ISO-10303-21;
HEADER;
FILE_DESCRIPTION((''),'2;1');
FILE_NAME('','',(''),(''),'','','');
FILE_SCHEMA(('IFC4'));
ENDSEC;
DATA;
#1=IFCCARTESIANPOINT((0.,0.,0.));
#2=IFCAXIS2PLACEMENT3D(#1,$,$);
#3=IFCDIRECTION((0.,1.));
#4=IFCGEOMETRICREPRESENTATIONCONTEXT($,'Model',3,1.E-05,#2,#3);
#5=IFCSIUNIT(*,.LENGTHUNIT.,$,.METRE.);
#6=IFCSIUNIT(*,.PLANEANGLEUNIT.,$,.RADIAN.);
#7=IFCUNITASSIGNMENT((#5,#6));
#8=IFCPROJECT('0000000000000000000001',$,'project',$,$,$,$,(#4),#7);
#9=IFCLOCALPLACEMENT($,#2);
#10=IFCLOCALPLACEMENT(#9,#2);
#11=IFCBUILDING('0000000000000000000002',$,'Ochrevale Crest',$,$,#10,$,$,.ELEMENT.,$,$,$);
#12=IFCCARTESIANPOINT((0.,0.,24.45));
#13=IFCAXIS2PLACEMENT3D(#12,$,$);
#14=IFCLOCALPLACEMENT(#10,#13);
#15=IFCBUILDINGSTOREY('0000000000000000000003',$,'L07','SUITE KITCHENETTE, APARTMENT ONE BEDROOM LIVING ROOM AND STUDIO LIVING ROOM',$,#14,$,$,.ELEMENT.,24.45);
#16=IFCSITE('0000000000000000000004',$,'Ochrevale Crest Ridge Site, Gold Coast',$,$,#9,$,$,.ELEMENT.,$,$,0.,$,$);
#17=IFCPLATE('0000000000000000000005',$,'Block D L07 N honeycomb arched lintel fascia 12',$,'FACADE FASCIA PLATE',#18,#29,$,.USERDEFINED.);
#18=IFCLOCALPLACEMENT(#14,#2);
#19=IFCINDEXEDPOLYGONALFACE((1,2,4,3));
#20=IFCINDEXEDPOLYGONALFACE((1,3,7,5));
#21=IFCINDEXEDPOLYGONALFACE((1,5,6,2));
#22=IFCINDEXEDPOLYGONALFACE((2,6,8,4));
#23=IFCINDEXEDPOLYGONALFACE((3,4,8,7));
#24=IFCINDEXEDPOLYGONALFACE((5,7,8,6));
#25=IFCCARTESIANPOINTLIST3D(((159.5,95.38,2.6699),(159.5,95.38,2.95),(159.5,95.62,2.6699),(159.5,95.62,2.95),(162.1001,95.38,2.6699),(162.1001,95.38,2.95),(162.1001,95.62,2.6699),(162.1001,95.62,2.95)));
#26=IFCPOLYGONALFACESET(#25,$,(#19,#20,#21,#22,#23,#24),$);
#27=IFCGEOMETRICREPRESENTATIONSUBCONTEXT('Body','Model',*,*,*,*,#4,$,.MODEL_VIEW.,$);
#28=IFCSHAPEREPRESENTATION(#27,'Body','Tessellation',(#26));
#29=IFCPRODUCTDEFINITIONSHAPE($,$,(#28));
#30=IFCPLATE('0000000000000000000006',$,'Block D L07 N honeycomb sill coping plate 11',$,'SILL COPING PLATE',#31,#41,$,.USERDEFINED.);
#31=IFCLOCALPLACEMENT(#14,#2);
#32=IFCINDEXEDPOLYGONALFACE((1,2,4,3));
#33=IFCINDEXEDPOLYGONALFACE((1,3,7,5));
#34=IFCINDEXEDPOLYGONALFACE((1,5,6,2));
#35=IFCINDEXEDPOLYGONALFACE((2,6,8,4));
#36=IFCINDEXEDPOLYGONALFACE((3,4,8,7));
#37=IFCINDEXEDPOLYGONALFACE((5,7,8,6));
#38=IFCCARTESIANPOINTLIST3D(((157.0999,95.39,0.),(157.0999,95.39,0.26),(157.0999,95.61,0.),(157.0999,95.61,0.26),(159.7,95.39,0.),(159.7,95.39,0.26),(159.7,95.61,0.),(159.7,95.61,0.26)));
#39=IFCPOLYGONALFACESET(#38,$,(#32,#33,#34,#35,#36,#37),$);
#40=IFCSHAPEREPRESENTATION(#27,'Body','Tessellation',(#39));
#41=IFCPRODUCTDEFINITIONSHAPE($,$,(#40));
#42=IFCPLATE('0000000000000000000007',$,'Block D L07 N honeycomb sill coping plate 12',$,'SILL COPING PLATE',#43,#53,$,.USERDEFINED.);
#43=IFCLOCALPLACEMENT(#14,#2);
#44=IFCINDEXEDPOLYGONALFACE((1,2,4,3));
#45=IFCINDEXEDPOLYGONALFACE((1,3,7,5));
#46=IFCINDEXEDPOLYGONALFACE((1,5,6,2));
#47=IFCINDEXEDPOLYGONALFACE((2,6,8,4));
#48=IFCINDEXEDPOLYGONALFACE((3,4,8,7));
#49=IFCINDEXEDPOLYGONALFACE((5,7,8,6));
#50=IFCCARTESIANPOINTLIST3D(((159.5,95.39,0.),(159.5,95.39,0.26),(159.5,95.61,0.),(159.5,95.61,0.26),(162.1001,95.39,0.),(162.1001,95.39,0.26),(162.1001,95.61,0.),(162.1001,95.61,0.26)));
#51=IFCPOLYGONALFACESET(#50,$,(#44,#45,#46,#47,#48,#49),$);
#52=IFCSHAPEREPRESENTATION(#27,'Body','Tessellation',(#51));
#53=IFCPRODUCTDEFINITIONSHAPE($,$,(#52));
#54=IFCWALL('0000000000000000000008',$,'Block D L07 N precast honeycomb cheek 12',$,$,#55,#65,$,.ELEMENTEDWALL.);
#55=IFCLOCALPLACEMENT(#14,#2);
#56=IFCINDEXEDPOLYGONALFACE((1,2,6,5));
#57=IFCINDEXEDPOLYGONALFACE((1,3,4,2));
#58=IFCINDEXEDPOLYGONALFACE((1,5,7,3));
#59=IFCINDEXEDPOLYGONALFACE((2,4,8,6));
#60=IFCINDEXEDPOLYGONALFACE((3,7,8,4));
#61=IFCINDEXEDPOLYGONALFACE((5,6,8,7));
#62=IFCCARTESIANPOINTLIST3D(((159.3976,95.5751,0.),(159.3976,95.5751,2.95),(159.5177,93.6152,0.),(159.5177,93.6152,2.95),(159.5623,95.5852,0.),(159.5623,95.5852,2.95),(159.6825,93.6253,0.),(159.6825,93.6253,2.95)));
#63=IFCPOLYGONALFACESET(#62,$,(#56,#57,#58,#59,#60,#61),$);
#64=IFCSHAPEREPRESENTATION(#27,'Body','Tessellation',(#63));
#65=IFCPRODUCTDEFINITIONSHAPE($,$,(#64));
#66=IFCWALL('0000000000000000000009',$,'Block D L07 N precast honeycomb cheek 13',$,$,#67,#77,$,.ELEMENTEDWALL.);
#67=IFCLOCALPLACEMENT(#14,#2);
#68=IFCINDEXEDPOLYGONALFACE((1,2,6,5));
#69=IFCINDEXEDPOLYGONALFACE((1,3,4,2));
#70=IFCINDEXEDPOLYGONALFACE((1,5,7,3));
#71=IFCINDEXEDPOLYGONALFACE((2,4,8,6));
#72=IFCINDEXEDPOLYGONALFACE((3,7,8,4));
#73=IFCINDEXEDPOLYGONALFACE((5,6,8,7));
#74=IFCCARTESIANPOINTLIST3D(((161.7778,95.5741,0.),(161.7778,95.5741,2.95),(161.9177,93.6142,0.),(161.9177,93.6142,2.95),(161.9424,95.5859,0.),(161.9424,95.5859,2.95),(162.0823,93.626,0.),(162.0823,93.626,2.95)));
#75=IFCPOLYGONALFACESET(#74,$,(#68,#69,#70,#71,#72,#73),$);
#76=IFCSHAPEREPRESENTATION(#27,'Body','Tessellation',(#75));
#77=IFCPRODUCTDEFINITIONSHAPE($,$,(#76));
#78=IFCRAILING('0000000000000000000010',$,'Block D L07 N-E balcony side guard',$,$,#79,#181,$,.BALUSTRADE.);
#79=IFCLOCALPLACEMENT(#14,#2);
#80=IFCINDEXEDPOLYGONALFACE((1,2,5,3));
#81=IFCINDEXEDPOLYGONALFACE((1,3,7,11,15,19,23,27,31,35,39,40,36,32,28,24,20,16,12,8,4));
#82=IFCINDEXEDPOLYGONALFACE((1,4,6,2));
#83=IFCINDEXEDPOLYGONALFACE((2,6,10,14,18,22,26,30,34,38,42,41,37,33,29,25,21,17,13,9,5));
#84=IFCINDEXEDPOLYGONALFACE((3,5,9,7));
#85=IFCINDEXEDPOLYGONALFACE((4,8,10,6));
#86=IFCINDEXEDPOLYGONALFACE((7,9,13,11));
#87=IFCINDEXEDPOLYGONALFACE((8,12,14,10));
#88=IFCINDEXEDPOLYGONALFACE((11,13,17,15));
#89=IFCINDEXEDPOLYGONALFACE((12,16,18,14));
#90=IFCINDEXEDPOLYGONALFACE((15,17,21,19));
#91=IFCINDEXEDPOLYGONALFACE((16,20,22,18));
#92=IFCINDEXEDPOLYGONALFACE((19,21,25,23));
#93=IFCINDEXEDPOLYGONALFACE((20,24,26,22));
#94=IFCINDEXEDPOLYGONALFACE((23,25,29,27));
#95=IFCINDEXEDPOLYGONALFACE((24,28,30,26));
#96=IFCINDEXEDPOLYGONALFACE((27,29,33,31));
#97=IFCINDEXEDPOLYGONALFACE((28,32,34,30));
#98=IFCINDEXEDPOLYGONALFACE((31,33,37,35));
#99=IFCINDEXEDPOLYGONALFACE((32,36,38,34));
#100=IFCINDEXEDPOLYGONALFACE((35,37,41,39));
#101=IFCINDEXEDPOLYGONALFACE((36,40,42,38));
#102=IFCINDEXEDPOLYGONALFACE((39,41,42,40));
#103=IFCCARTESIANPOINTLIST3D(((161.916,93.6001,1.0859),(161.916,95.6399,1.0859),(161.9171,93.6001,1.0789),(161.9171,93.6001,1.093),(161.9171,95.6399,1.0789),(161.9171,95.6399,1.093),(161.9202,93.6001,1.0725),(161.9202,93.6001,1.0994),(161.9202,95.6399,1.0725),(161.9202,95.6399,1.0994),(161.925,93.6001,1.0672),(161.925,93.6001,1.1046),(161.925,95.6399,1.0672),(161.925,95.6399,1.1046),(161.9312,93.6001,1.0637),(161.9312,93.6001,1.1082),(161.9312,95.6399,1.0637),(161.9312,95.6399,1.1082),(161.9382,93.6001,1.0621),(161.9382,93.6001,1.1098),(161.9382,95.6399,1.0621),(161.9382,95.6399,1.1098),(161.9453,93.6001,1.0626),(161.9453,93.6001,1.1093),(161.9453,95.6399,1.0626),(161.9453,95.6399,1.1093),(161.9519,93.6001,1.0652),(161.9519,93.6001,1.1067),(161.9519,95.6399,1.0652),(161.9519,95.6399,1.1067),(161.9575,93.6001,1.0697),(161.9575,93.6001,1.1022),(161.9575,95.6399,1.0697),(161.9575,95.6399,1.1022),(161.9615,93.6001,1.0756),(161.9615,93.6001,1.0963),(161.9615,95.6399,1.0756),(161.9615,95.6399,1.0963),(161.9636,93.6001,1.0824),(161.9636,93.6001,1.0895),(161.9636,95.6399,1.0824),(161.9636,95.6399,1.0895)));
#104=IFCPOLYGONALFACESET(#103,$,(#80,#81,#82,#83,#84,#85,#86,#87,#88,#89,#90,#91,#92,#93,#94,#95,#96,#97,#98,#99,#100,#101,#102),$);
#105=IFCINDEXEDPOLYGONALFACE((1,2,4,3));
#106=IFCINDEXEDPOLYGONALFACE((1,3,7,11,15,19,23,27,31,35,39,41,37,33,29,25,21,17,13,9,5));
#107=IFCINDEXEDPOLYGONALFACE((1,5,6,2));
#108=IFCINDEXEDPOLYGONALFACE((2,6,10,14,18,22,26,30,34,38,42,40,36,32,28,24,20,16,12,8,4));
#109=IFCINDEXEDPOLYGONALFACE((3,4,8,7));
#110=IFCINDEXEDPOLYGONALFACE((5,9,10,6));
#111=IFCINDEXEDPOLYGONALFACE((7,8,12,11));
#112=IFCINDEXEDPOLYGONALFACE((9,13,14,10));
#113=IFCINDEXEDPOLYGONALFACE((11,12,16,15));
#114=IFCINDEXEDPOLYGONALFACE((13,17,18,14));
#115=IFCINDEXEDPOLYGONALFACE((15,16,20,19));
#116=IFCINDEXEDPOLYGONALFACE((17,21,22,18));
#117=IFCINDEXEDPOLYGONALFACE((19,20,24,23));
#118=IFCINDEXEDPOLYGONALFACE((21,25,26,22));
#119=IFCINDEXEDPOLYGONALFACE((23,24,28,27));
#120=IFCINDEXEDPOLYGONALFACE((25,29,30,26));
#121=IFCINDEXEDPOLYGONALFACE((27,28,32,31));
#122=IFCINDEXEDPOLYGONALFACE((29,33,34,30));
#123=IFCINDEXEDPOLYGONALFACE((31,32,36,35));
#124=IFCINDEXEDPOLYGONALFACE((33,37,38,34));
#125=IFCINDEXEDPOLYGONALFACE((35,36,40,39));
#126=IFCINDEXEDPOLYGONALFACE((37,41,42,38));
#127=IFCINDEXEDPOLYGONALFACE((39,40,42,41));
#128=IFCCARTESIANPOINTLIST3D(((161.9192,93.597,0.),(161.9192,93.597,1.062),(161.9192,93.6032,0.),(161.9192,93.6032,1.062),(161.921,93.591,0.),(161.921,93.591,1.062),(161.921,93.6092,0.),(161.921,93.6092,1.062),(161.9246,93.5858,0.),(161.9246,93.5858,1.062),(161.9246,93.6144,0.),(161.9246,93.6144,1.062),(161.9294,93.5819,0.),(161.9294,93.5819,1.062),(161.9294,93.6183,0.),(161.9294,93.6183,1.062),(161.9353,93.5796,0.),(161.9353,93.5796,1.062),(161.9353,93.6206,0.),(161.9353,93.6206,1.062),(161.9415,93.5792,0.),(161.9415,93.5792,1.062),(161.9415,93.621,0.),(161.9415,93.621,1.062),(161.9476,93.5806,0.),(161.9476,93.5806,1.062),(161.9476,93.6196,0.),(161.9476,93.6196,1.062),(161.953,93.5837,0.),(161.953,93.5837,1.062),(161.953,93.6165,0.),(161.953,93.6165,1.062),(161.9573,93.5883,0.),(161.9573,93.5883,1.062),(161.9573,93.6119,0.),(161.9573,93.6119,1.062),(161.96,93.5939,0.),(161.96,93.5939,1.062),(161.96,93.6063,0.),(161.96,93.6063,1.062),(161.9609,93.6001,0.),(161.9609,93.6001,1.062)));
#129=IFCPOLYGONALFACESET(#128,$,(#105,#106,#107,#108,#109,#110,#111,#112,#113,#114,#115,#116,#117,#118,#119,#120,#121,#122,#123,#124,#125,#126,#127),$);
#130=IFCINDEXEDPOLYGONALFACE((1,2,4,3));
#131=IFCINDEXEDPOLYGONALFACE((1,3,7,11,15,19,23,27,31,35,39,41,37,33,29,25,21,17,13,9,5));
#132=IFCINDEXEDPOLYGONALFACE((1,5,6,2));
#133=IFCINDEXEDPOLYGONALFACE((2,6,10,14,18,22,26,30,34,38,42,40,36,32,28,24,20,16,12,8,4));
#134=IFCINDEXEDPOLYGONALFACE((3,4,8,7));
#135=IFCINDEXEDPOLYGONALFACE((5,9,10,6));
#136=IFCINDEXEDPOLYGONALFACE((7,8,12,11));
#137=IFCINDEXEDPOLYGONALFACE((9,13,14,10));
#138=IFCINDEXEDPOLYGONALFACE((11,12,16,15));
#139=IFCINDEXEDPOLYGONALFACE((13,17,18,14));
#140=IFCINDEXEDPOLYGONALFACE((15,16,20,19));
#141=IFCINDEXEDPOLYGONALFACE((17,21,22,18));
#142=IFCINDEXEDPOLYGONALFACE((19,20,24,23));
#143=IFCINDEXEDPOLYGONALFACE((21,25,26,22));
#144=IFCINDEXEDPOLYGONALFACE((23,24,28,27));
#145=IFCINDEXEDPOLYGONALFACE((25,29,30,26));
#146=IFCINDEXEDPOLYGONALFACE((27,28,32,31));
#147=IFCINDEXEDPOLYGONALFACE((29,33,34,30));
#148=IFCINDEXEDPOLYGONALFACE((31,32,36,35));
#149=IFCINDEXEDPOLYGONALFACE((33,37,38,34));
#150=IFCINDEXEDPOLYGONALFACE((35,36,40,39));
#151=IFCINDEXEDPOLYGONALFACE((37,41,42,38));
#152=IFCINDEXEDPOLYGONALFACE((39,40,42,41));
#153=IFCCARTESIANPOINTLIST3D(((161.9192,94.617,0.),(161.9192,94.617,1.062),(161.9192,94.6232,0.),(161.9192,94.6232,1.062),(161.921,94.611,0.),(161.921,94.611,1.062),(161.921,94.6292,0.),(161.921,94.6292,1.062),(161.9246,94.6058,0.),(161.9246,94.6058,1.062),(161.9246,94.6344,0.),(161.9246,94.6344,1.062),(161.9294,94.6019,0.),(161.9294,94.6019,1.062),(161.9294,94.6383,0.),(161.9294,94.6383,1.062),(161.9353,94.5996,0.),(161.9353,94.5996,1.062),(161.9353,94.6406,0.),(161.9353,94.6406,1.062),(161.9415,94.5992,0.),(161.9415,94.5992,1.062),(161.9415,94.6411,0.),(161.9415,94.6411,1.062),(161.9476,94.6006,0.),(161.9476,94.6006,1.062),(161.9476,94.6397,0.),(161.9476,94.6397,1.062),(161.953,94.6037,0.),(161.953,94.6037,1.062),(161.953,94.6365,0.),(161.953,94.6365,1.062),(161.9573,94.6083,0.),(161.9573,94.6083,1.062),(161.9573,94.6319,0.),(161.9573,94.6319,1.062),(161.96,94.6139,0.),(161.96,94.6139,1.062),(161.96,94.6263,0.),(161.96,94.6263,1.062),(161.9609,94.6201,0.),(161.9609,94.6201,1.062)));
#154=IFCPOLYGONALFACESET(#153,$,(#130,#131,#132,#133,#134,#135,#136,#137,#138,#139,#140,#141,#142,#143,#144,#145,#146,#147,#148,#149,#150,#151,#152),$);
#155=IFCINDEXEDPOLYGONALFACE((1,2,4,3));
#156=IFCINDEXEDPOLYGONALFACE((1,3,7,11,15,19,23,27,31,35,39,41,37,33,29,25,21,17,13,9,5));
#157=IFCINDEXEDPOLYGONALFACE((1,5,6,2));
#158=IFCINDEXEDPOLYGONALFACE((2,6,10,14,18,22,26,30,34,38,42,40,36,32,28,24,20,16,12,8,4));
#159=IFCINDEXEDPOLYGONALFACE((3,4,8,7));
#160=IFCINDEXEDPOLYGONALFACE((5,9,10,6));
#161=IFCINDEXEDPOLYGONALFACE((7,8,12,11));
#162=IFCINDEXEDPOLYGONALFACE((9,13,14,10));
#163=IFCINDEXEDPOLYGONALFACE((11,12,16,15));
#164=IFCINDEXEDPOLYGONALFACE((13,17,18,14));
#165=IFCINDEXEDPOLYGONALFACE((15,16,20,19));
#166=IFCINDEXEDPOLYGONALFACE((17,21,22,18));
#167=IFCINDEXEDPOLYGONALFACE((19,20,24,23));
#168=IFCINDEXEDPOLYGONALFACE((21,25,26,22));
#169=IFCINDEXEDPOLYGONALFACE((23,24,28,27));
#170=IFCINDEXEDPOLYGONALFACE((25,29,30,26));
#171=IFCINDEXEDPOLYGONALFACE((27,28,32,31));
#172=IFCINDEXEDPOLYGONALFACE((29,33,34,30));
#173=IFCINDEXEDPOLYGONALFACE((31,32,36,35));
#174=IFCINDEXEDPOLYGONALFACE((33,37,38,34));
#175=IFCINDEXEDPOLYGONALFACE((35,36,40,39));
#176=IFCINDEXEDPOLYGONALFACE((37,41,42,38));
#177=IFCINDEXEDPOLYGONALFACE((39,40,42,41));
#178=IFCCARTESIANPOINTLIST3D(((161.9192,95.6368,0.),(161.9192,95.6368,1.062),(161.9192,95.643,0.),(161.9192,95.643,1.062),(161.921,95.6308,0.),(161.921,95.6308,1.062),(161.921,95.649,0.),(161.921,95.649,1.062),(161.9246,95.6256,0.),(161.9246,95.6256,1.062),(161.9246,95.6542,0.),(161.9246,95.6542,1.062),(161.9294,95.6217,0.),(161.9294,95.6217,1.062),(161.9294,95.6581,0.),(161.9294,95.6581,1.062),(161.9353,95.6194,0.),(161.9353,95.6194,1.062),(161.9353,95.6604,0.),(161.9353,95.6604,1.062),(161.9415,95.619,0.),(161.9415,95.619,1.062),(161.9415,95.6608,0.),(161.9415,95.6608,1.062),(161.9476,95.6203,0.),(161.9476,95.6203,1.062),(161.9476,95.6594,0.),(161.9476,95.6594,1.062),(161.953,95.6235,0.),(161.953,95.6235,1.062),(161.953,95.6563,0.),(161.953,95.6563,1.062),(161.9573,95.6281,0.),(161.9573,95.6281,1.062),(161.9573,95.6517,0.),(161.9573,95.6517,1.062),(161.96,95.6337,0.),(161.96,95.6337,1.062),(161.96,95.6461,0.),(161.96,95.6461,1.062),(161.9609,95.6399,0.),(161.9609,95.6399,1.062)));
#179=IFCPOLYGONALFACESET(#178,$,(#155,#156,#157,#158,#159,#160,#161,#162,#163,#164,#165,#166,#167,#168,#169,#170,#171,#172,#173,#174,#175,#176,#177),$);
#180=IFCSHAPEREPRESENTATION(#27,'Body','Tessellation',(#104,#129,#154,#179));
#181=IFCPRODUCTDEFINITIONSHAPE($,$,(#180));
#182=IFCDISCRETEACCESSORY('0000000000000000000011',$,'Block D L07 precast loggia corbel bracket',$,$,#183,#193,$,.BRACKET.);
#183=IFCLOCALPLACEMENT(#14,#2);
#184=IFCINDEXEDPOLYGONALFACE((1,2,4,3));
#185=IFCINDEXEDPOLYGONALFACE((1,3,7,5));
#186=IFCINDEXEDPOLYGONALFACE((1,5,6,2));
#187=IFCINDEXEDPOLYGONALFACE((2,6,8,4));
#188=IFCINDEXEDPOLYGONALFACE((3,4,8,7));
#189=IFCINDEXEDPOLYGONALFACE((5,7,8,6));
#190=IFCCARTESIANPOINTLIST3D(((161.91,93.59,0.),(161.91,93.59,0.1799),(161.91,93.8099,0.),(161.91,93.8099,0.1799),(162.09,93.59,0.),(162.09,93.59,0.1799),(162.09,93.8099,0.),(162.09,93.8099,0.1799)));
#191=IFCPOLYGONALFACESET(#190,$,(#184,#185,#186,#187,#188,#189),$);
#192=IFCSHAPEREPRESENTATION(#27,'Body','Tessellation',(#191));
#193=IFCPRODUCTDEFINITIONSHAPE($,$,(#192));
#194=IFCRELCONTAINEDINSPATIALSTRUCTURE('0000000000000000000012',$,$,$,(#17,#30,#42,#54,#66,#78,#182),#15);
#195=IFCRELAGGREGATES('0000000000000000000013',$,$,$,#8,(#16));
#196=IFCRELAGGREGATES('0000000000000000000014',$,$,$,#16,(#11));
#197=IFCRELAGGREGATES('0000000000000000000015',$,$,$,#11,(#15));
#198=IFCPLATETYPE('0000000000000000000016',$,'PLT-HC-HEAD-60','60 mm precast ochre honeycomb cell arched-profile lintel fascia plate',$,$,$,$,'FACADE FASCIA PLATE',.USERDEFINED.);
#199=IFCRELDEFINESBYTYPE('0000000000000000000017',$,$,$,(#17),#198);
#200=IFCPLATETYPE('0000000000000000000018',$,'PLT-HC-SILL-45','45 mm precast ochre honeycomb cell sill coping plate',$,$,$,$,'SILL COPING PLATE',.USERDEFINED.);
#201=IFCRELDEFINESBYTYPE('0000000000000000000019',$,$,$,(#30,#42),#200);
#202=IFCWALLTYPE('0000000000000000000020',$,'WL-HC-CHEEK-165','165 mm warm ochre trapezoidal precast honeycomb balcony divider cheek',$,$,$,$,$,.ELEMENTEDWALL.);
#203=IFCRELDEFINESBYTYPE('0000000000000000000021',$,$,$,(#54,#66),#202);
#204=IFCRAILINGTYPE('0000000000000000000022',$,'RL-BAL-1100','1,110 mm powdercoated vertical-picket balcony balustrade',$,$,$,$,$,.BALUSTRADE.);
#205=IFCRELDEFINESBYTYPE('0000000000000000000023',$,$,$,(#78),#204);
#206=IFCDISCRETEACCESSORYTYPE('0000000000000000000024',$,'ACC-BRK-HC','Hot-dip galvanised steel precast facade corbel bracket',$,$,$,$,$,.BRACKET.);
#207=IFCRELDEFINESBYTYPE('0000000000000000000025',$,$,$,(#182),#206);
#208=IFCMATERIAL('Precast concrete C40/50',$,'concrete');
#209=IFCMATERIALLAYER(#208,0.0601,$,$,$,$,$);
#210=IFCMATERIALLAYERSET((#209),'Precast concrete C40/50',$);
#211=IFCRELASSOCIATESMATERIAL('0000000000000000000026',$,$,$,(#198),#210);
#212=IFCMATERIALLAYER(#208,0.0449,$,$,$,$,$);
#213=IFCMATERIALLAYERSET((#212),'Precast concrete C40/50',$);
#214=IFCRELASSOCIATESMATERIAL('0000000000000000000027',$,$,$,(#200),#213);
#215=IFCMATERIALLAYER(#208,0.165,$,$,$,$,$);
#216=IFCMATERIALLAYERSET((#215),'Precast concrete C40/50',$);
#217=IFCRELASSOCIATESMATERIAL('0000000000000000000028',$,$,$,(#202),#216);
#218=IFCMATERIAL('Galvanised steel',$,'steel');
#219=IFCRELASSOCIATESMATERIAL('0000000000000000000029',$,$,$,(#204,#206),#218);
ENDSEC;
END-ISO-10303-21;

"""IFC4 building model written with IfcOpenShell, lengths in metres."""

from ifc_helpers import new_model, si_unit, direction, frame, frame_2d, origin, origin_2d, place, context, subcontext, project, spatial, rectangle, circle, extrude, material, layer, layer_set, type_object, element, save


model = new_model("IFC4")

# Units and contexts
model_context = context("Model", 3, precision=1e-05, world=origin(), true_north=direction((0.0, 1.0)))
body_context = subcontext(model_context, "Body", "Model", "MODEL_VIEW")
ifc_project = project(units=[si_unit("LENGTHUNIT", "METRE"), si_unit("PLANEANGLEUNIT", "RADIAN")], contexts=[model_context])

# Site, building, storey
site_placement = place(None, origin())
site = spatial("IfcSite", under=ifc_project, at=site_placement, Name="Ochrevale Crest Ridge Site, Gold Coast", CompositionType="ELEMENT", RefElevation=0.0)
building_placement = place(site_placement, origin())
building = spatial("IfcBuilding", under=site, at=building_placement, Name="Ochrevale Crest", CompositionType="ELEMENT")
storey_placement = place(building_placement, frame((0.0, 0.0, 24.45)))
storey = spatial("IfcBuildingStorey", under=building, at=storey_placement, Name="L07", Description="SUITE KITCHENETTE, APARTMENT ONE BEDROOM LIVING ROOM AND STUDIO LIVING ROOM", CompositionType="ELEMENT", Elevation=24.45)

# Plates
ifc_material_1 = material(Name="Precast concrete C40/50", Category="concrete")
ifc_layer_1 = layer(ifc_material_1, 0.0601)
ifc_layer_set_1 = layer_set([ifc_layer_1], Name="Precast concrete C40/50")
plate_type_1 = type_object("IfcPlateType", Name="PLT-HC-HEAD-60", Description="60 mm precast ochre honeycomb cell arched-profile lintel fascia plate", ElementType="FACADE FASCIA PLATE", PredefinedType="USERDEFINED", material=ifc_layer_set_1)
plate_1_placement = place(storey_placement, frame((160.8, 95.5, 2.6699), z_axis=(0.0, 0.0, 1.0), x_axis=(1.0, 0.0, 0.0)))
element("IfcPlate", 1, at=plate_1_placement, inside=storey, type_object=plate_type_1, Name="Block D L07 N honeycomb arched lintel fascia 12", ObjectType="FACADE FASCIA PLATE", PredefinedType="USERDEFINED", context=body_context, shape_type="SweptSolid", body=[
    extrude(rectangle(XDim=2.6001, YDim=0.24, at=origin_2d()), origin(), (0.0, 0.0, 1.0), 0.28),
])
ifc_layer_2 = layer(ifc_material_1, 0.0449)
ifc_layer_set_2 = layer_set([ifc_layer_2], Name="Precast concrete C40/50")
plate_type_2 = type_object("IfcPlateType", Name="PLT-HC-SILL-45", Description="45 mm precast ochre honeycomb cell sill coping plate", ElementType="SILL COPING PLATE", PredefinedType="USERDEFINED", material=ifc_layer_set_2)
for number, where, z_axis, x_axis, name in (
    (2, (158.3999, 95.5, 0.0), (0.0, 0.0, 1.0), (1.0, 0.0, 0.0), "Block D L07 N honeycomb sill coping plate 11"),
    (3, (160.8, 95.5, 0.0), (0.0, 0.0, 1.0), (1.0, 0.0, 0.0), "Block D L07 N honeycomb sill coping plate 12"),
):
    element("IfcPlate", number, at=place(storey_placement, frame(where, z_axis=z_axis, x_axis=x_axis)), inside=storey, type_object=plate_type_2, Name=name, ObjectType="SILL COPING PLATE", PredefinedType="USERDEFINED", context=body_context, shape_type="SweptSolid", body=[
        extrude(rectangle(XDim=2.6001, YDim=0.22, at=origin_2d()), origin(), (0.0, 0.0, 1.0), 0.26),
    ])

# Walls
ifc_layer_3 = layer(ifc_material_1, 0.165)
ifc_layer_set_3 = layer_set([ifc_layer_3], Name="Precast concrete C40/50")
wall_type_1 = type_object("IfcWallType", Name="WL-HC-CHEEK-165", Description="165 mm warm ochre trapezoidal precast honeycomb balcony divider cheek", PredefinedType="ELEMENTEDWALL", material=ifc_layer_set_3)
wall_1_placement = place(storey_placement, frame((159.6001, 93.6201, 0.0), z_axis=(0.0, 0.0, 1.0), x_axis=(-0.061171, 0.998127, 0.0)))
element("IfcWall", 4, at=wall_1_placement, inside=storey, type_object=wall_type_1, Name="Block D L07 N precast honeycomb cheek 12", PredefinedType="ELEMENTEDWALL", context=body_context, shape_type="SweptSolid", body=[
    extrude(rectangle(XDim=1.9636, YDim=0.165, at=frame_2d((0.9819, 0.0))), origin(), (0.0, 0.0, 1.0), 2.95),
])
wall_2_placement = place(storey_placement, frame((162.0, 93.6201, 0.0), z_axis=(0.0, 0.0, 1.0), x_axis=(-0.071194, 0.997462, 0.0)))
element("IfcWall", 5, at=wall_2_placement, inside=storey, type_object=wall_type_1, Name="Block D L07 N precast honeycomb cheek 13", PredefinedType="ELEMENTEDWALL", context=body_context, shape_type="SweptSolid", body=[
    extrude(rectangle(XDim=1.9648, YDim=0.165, at=frame_2d((0.9824, 0.0))), origin(), (0.0, 0.0, 1.0), 2.95),
])

# Railing
ifc_material_2 = material(Name="Galvanised steel", Category="steel")
railing_type = type_object("IfcRailingType", Name="RL-BAL-1100", Description="1,110 mm powdercoated vertical-picket balcony balustrade", PredefinedType="BALUSTRADE", material=ifc_material_2)
railing_placement = place(storey_placement, frame((161.9399, 93.6001, 0.0)))
element("IfcRailing", 6, at=railing_placement, inside=storey, type_object=railing_type, Name="Block D L07 N-E balcony side guard", PredefinedType="BALUSTRADE", context=body_context, shape_type="SweptSolid", body=[
    extrude(circle(Radius=0.0239, at=origin_2d()), frame((0.0, 0.0, 1.0859), z_axis=(0.0, 1.0, 0.0), x_axis=(-1.0, 0.0, 0.0)), (0.0, 0.0, 1.0), 2.0398),
    extrude(circle(Radius=0.021, at=origin_2d()), origin(), (0.0, 0.0, 1.0), 1.062),
    extrude(circle(Radius=0.021, at=origin_2d()), frame((0.0, 1.02, 0.0)), (0.0, 0.0, 1.0), 1.062),
    extrude(circle(Radius=0.021, at=origin_2d()), frame((0.0, 2.0398, 0.0)), (0.0, 0.0, 1.0), 1.062),
])

# Discrete accessory
discrete_accessory_type = type_object("IfcDiscreteAccessoryType", Name="ACC-BRK-HC", Description="Hot-dip galvanised steel precast facade corbel bracket", PredefinedType="BRACKET", material=ifc_material_2)
discrete_accessory_placement = place(storey_placement, frame((162.0, 93.7, 0.0), z_axis=(0.0, 0.0, 1.0), x_axis=(1.0, 0.0, 0.0)))
element("IfcDiscreteAccessory", 7, at=discrete_accessory_placement, inside=storey, type_object=discrete_accessory_type, Name="Block D L07 precast loggia corbel bracket", PredefinedType="BRACKET", context=body_context, shape_type="SweptSolid", body=[
    extrude(rectangle(XDim=0.1799, YDim=0.22, at=origin_2d()), origin(), (0.0, 0.0, 1.0), 0.1799),
])

save(model, "model.ifc")
